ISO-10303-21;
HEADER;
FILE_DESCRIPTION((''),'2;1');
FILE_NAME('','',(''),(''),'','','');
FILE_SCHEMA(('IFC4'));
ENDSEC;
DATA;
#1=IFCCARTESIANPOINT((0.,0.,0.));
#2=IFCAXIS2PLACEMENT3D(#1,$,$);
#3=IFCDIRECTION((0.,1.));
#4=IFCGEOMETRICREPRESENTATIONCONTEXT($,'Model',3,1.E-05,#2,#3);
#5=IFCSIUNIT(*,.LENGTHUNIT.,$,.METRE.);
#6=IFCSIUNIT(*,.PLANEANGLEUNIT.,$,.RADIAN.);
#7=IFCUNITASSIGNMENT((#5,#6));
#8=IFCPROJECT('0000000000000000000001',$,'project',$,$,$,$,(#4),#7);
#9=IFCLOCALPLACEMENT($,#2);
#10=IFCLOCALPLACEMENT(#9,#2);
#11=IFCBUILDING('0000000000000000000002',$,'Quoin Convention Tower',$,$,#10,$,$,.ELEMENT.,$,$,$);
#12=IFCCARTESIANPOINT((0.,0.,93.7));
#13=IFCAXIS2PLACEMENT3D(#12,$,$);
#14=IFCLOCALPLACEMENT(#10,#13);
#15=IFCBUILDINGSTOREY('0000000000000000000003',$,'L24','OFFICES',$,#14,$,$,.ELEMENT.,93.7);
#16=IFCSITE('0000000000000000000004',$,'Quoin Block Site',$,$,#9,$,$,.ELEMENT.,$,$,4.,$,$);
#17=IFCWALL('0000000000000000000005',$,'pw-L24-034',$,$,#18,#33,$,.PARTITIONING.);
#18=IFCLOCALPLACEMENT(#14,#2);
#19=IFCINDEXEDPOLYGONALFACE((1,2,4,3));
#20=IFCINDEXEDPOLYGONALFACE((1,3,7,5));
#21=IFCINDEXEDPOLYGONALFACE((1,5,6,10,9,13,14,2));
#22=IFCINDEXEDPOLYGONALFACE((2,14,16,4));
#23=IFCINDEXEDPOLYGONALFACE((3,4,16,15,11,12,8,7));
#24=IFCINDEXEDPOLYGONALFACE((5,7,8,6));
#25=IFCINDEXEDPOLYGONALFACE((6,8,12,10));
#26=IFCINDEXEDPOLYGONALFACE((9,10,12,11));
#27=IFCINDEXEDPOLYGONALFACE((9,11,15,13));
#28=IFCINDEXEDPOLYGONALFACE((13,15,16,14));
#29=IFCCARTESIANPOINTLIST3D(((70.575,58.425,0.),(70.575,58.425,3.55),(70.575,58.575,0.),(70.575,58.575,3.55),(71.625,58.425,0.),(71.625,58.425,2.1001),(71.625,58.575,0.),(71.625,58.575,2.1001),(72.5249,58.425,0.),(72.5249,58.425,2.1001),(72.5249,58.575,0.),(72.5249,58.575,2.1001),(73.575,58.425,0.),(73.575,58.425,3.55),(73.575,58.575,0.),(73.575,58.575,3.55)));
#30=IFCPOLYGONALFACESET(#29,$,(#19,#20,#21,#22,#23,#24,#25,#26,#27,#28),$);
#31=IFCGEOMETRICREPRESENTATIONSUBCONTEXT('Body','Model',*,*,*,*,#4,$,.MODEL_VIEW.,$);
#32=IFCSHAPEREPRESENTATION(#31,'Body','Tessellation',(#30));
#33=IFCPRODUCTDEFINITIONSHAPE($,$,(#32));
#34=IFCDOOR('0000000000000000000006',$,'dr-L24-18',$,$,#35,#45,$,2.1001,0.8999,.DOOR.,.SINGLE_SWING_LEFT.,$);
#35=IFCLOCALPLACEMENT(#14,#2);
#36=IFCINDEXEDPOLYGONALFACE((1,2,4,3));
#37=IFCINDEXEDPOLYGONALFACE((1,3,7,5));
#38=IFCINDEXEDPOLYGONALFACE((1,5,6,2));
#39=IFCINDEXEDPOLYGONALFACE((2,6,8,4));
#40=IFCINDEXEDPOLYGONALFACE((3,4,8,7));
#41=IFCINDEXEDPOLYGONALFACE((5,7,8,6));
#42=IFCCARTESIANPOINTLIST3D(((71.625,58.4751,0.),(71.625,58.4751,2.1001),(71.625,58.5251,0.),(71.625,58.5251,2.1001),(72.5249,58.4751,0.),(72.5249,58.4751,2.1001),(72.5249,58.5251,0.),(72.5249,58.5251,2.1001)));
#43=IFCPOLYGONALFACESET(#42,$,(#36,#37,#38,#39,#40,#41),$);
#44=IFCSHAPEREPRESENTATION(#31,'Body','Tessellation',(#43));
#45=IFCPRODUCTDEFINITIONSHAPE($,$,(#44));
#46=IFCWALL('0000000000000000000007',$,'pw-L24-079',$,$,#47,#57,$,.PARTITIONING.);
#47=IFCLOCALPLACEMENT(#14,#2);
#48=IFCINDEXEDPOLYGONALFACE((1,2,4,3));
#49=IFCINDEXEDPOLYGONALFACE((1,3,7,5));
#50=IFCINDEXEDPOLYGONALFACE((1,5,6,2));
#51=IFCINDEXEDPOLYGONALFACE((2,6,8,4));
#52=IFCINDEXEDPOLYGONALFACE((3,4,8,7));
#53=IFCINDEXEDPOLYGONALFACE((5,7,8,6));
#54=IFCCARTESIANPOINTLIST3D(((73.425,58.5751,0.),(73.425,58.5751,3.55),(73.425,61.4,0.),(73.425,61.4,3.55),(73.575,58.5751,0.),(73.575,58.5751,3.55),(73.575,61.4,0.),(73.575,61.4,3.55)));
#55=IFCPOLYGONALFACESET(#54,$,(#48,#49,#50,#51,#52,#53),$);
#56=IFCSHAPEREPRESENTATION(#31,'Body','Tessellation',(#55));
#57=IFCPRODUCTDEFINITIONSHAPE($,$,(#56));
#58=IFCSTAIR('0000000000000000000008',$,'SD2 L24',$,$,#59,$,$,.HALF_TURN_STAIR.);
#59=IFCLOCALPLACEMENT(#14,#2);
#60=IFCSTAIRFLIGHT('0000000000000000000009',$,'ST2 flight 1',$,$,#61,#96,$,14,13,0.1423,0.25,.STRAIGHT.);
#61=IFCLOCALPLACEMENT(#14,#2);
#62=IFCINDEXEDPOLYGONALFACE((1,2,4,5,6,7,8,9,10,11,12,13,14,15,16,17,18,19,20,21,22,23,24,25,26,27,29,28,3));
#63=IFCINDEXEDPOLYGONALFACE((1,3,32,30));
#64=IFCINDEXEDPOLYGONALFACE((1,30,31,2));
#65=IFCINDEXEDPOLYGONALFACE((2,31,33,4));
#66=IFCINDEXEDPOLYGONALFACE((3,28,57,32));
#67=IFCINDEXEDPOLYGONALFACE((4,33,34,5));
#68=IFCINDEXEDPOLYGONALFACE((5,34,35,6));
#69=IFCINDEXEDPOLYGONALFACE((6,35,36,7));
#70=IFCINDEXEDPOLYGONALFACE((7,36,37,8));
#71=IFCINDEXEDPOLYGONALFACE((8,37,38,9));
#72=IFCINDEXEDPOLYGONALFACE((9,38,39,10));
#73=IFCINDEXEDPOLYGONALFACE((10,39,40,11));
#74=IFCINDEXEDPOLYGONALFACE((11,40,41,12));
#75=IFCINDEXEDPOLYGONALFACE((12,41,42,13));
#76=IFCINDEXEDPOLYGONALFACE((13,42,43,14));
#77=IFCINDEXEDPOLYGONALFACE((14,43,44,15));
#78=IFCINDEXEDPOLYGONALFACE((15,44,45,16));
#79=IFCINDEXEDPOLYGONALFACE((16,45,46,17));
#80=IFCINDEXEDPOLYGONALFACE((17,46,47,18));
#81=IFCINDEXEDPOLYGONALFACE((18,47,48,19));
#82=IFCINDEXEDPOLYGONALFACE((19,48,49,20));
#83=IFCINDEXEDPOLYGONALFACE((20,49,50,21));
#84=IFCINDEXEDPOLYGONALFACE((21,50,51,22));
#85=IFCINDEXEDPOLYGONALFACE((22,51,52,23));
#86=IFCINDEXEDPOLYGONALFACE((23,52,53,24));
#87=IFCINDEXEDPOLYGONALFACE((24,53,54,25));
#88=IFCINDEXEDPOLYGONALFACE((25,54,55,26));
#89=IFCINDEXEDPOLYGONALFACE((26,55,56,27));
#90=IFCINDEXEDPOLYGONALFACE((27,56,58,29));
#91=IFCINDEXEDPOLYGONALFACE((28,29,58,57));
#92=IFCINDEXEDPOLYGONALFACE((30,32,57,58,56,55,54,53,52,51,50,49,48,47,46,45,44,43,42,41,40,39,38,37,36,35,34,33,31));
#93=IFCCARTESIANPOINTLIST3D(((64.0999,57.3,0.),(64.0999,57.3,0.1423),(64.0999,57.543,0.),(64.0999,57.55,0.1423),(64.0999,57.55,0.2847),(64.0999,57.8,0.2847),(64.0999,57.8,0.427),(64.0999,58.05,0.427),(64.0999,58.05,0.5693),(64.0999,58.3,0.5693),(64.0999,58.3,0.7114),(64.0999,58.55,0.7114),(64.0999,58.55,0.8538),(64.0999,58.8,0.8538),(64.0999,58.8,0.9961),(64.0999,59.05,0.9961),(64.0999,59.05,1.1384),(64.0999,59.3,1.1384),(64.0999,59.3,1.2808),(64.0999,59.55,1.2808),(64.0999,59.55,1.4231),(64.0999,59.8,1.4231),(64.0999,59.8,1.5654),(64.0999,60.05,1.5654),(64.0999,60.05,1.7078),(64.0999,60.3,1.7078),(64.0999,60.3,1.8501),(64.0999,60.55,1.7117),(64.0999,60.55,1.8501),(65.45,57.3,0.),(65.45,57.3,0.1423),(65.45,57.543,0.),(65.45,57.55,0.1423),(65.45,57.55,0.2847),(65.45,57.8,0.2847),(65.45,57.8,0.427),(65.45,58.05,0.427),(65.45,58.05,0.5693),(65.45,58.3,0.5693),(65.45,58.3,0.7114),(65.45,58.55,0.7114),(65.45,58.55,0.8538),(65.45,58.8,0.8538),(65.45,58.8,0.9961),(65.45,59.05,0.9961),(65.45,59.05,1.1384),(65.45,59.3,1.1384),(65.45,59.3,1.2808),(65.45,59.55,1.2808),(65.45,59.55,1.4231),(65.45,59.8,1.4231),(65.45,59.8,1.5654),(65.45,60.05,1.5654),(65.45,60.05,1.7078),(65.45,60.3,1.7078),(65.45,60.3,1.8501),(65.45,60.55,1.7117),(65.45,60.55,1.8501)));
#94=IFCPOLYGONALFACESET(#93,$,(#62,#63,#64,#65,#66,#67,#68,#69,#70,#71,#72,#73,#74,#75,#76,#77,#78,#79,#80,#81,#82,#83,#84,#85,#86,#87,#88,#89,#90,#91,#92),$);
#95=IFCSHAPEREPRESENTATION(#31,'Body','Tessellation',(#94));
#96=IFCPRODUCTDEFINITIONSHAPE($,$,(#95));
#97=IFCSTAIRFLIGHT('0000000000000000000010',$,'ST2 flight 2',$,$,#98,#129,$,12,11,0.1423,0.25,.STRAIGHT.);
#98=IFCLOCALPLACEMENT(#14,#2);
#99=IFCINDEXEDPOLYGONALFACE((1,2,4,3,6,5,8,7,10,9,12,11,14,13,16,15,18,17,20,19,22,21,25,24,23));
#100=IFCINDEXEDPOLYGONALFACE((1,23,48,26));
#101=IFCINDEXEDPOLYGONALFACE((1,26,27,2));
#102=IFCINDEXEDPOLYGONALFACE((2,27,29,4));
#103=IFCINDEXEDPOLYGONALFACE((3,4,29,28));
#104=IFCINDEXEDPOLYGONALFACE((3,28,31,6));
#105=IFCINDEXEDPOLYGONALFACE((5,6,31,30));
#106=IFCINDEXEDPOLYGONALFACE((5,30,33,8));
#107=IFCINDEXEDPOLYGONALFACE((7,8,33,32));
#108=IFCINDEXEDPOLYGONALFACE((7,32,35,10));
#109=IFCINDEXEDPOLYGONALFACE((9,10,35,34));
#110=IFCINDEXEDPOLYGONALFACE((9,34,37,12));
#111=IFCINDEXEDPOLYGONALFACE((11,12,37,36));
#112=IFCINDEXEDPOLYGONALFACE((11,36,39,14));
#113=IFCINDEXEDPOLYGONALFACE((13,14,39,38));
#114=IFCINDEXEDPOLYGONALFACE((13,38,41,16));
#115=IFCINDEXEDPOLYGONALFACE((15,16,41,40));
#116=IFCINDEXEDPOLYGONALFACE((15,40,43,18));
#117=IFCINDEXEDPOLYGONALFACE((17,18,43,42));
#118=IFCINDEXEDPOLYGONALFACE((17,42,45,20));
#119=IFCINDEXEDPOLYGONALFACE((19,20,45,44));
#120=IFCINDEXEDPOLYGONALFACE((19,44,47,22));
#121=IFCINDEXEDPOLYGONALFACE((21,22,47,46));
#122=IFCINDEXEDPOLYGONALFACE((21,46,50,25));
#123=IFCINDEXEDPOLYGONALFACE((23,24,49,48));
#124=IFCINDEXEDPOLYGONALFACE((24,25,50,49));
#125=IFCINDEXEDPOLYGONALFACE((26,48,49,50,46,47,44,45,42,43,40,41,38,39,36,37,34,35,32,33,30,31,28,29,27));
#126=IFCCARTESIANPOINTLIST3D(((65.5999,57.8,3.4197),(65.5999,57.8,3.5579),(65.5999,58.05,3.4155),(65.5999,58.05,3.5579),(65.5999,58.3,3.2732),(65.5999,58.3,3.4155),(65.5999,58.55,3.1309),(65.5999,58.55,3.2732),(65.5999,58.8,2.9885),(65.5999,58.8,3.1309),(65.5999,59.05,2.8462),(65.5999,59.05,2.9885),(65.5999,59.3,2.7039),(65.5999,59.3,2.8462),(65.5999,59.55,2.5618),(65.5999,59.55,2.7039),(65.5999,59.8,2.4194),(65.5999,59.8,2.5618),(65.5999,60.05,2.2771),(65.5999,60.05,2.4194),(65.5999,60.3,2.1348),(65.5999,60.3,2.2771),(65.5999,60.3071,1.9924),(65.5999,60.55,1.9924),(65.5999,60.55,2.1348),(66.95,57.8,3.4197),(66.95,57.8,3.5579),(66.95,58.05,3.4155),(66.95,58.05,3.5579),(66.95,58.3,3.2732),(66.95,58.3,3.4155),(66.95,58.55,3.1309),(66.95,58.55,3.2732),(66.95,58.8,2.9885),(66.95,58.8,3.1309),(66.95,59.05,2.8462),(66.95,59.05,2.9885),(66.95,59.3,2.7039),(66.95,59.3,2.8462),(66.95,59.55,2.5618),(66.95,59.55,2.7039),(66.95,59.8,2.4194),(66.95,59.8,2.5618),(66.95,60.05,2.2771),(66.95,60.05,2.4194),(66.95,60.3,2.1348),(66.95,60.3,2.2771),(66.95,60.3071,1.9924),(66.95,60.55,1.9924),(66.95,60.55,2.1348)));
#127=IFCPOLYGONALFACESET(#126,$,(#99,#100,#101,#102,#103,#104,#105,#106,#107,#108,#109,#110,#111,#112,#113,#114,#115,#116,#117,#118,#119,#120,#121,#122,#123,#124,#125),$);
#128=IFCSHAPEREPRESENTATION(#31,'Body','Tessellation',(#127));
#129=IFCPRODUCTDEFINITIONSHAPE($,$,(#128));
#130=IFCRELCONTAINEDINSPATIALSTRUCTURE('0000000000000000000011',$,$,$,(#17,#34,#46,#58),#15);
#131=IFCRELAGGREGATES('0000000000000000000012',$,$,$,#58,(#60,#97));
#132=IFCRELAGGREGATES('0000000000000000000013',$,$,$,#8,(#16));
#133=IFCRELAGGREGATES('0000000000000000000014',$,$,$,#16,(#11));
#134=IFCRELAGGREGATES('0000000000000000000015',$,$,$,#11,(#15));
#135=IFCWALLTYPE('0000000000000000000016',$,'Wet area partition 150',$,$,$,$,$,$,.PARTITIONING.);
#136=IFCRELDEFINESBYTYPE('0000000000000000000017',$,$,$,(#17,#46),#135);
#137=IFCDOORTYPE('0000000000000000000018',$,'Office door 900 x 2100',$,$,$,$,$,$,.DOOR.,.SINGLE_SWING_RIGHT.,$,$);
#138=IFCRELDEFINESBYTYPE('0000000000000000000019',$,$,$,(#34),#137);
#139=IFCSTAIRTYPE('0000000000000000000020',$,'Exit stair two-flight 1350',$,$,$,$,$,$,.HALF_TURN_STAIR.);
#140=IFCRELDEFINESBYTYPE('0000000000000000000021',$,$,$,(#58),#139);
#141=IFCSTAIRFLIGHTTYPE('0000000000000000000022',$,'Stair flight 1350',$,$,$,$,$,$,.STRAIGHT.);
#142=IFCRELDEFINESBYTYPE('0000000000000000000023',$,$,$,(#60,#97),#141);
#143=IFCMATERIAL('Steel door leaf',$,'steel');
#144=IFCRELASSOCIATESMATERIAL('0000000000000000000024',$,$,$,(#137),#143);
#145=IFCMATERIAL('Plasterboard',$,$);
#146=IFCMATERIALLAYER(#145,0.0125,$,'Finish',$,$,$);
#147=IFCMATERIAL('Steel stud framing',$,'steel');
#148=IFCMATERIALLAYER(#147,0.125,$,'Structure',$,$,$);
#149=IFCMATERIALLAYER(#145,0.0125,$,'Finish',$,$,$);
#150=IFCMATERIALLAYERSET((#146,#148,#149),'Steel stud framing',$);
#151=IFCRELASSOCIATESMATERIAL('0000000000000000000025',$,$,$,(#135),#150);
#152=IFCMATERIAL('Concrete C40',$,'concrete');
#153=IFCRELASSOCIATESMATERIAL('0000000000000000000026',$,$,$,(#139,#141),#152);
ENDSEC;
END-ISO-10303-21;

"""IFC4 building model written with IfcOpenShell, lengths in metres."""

from ifc_helpers import new_model, si_unit, direction, frame, frame_2d, origin, place, context, subcontext, project, spatial, polyline, rectangle, outline, extrude, material, layer, layer_set, type_object, element, fill, aggregate, save


model = new_model("IFC4")

# Units and contexts
model_context = context("Model", 3, precision=1e-05, world=origin(), true_north=direction((0.0, 1.0)))
body_context = subcontext(model_context, "Body", "Model", "MODEL_VIEW")
ifc_project = project(units=[si_unit("LENGTHUNIT", "METRE"), si_unit("PLANEANGLEUNIT", "RADIAN")], contexts=[model_context])

# Site, building, storey
site_placement = place(None, origin())
site = spatial("IfcSite", under=ifc_project, at=site_placement, Name="Quoin Block Site", CompositionType="ELEMENT", RefElevation=4.0)
building_placement = place(site_placement, origin())
building = spatial("IfcBuilding", under=site, at=building_placement, Name="Quoin Convention Tower", CompositionType="ELEMENT")
storey_placement = place(building_placement, frame((0.0, 0.0, 93.7)))
storey = spatial("IfcBuildingStorey", under=building, at=storey_placement, Name="L24", Description="OFFICES", CompositionType="ELEMENT", Elevation=93.7)

# Shared definitions
ifc_material_1 = material(Name="Plasterboard")
ifc_material_2 = material(Name="Steel stud framing", Category="steel")

# Shared definitions
ifc_material_3 = material(Name="Steel door leaf", Category="steel")

# Shared definitions
door_type_1 = type_object("IfcDoorType", Name="Office door 900 x 2100", OperationType="SINGLE_SWING_RIGHT", PredefinedType="DOOR", material=ifc_material_3)

# Wall, opening, door
ifc_layer_1 = layer(ifc_material_1, 0.0125, Name="Finish")
ifc_layer_2 = layer(ifc_material_2, 0.125, Name="Structure")
ifc_layer_3 = layer(ifc_material_1, 0.0125, Name="Finish")
ifc_layer_set_1 = layer_set([ifc_layer_1, ifc_layer_2, ifc_layer_3], Name="Steel stud framing")
wall_type_1 = type_object("IfcWallType", Name="Wet area partition 150", PredefinedType="PARTITIONING", material=ifc_layer_set_1)
wall_1_placement = place(storey_placement, frame((70.575, 58.5, 0.0), z_axis=(0.0, 0.0, 1.0), x_axis=(1.0, 0.0, 0.0)))
wall_1 = element("IfcWall", 1, at=wall_1_placement, inside=storey, type_object=wall_type_1, Name="pw-L24-034", PredefinedType="PARTITIONING", context=body_context, shape_type="SweptSolid", body=[
    extrude(rectangle(XDim=3.0, YDim=0.1499, at=frame_2d((1.5, 0.0))), origin(), (0.0, 0.0, 1.0), 3.55),
])
opening_1_placement = place(wall_1_placement, frame((1.05, 0.0, 0.0)))
opening_1 = element("IfcOpeningElement", 2, at=opening_1_placement, cuts=wall_1, PredefinedType="OPENING", context=body_context, shape_type="SweptSolid", body=[
    extrude(rectangle(XDim=0.8999, YDim=2.1001, at=frame_2d((0.45, 1.05))), frame((0.0, 0.085, 0.0), z_axis=(0.0, -1.0, 0.0), x_axis=(1.0, 0.0, 0.0)), (0.0, 0.0, 1.0), 0.1699),
])
door_1_placement = place(opening_1_placement, frame((0.8999, 0.0, 0.0), z_axis=(0.0, 0.0, 1.0), x_axis=(-1.0, 0.0, 0.0)))
door_1 = element("IfcDoor", 3, at=door_1_placement, inside=storey, type_object=door_type_1, Name="dr-L24-18", OperationType="SINGLE_SWING_LEFT", OverallHeight=2.1001, OverallWidth=0.8999, PredefinedType="DOOR", context=body_context, shape_type="SweptSolid", body=[
    extrude(rectangle(XDim=0.8999, YDim=2.1001, at=frame_2d((0.45, 1.05))), frame((0.0, 0.0249, 0.0), z_axis=(0.0, -1.0, 0.0), x_axis=(1.0, 0.0, 0.0)), (0.0, 0.0, 1.0), 0.05),
])
fill(opening_1, door_1)

# Wall
wall_2_placement = place(storey_placement, frame((73.5, 58.575, 0.0), z_axis=(0.0, 0.0, 1.0), x_axis=(0.0, 1.0, 0.0)))
element("IfcWall", 4, at=wall_2_placement, inside=storey, type_object=wall_type_1, Name="pw-L24-079", PredefinedType="PARTITIONING", context=body_context, shape_type="SweptSolid", body=[
    extrude(rectangle(XDim=2.825, YDim=0.1499, at=frame_2d((1.4126, 0.0))), origin(), (0.0, 0.0, 1.0), 3.55),
])

# Stair, stair flights
ifc_material_4 = material(Name="Concrete C40", Category="concrete")
stair_type = type_object("IfcStairType", Name="Exit stair two-flight 1350", PredefinedType="HALF_TURN_STAIR", material=ifc_material_4)
stair_placement = place(storey_placement, origin())
stair = element("IfcStair", 5, at=stair_placement, inside=storey, type_object=stair_type, Name="SD2 L24", PredefinedType="HALF_TURN_STAIR")
stair_flight_type = type_object("IfcStairFlightType", Name="Stair flight 1350", PredefinedType="STRAIGHT", material=ifc_material_4)
stair_flight_1_placement = place(storey_placement, frame((64.7749, 57.3, 0.0), z_axis=(0.0, 0.0, 1.0), x_axis=(0.0, 1.0, 0.0)))
stair_flight_1 = element("IfcStairFlight", 6, at=stair_flight_1_placement, type_object=stair_flight_type, Name="ST2 flight 1", NumberOfRisers=14, NumberOfTreads=13, PredefinedType="STRAIGHT", RiserHeight=0.1423, TreadLength=0.25, context=body_context, shape_type="SweptSolid", body=[
    extrude(outline(polyline([(0.0, 0.0), (0.0, 0.1423), (0.25, 0.1423), (0.25, 0.2847), (0.5, 0.2847), (0.5, 0.427), (0.75, 0.427), (0.75, 0.5693), (1.0, 0.5693), (1.0, 0.7114), (1.25, 0.7114), (1.25, 0.8538), (1.5, 0.8538), (1.5, 0.9961), (1.75, 0.9961), (1.75, 1.1384), (2.0, 1.1384), (2.0, 1.2808), (2.25, 1.2808), (2.25, 1.4231), (2.5, 1.4231), (2.5, 1.5654), (2.75, 1.5654), (2.75, 1.7078), (3.0, 1.7078), (3.0, 1.8501), (3.25, 1.8501), (3.25, 1.9922), (3.25, 1.7117), (0.2429, 0.0), (0.0, 0.0)])), frame((0.0, 0.675, 0.0), z_axis=(0.0, -1.0, 0.0), x_axis=(1.0, 0.0, 0.0)), (0.0, 0.0, 1.0), 1.3501),
])
stair_flight_2_placement = place(storey_placement, frame((66.2749, 60.55, 1.9924), z_axis=(0.0, 0.0, 1.0), x_axis=(0.0, -1.0, 0.0)))
stair_flight_2 = element("IfcStairFlight", 7, at=stair_flight_2_placement, type_object=stair_flight_type, Name="ST2 flight 2", NumberOfRisers=12, NumberOfTreads=11, PredefinedType="STRAIGHT", RiserHeight=0.1423, TreadLength=0.25, context=body_context, shape_type="SweptSolid", body=[
    extrude(outline(polyline([(0.0, 0.0), (0.0, 0.1423), (0.25, 0.1423), (0.25, 0.2847), (0.5, 0.2847), (0.5, 0.427), (0.75, 0.427), (0.75, 0.5693), (1.0, 0.5693), (1.0, 0.7114), (1.25, 0.7114), (1.25, 0.8538), (1.5, 0.8538), (1.5, 0.9961), (1.75, 0.9961), (1.75, 1.1384), (2.0, 1.1384), (2.0, 1.2808), (2.25, 1.2808), (2.25, 1.4231), (2.5, 1.4231), (2.5, 1.5654), (2.75, 1.5654), (2.75, 1.7078), (2.75, 1.4272), (0.2429, 0.0), (0.0, 0.0)])), frame((0.0, 0.675, 0.0), z_axis=(0.0, -1.0, 0.0), x_axis=(1.0, 0.0, 0.0)), (0.0, 0.0, 1.0), 1.3501),
])
aggregate(stair, [stair_flight_1, stair_flight_2])

save(model, "model.ifc")
